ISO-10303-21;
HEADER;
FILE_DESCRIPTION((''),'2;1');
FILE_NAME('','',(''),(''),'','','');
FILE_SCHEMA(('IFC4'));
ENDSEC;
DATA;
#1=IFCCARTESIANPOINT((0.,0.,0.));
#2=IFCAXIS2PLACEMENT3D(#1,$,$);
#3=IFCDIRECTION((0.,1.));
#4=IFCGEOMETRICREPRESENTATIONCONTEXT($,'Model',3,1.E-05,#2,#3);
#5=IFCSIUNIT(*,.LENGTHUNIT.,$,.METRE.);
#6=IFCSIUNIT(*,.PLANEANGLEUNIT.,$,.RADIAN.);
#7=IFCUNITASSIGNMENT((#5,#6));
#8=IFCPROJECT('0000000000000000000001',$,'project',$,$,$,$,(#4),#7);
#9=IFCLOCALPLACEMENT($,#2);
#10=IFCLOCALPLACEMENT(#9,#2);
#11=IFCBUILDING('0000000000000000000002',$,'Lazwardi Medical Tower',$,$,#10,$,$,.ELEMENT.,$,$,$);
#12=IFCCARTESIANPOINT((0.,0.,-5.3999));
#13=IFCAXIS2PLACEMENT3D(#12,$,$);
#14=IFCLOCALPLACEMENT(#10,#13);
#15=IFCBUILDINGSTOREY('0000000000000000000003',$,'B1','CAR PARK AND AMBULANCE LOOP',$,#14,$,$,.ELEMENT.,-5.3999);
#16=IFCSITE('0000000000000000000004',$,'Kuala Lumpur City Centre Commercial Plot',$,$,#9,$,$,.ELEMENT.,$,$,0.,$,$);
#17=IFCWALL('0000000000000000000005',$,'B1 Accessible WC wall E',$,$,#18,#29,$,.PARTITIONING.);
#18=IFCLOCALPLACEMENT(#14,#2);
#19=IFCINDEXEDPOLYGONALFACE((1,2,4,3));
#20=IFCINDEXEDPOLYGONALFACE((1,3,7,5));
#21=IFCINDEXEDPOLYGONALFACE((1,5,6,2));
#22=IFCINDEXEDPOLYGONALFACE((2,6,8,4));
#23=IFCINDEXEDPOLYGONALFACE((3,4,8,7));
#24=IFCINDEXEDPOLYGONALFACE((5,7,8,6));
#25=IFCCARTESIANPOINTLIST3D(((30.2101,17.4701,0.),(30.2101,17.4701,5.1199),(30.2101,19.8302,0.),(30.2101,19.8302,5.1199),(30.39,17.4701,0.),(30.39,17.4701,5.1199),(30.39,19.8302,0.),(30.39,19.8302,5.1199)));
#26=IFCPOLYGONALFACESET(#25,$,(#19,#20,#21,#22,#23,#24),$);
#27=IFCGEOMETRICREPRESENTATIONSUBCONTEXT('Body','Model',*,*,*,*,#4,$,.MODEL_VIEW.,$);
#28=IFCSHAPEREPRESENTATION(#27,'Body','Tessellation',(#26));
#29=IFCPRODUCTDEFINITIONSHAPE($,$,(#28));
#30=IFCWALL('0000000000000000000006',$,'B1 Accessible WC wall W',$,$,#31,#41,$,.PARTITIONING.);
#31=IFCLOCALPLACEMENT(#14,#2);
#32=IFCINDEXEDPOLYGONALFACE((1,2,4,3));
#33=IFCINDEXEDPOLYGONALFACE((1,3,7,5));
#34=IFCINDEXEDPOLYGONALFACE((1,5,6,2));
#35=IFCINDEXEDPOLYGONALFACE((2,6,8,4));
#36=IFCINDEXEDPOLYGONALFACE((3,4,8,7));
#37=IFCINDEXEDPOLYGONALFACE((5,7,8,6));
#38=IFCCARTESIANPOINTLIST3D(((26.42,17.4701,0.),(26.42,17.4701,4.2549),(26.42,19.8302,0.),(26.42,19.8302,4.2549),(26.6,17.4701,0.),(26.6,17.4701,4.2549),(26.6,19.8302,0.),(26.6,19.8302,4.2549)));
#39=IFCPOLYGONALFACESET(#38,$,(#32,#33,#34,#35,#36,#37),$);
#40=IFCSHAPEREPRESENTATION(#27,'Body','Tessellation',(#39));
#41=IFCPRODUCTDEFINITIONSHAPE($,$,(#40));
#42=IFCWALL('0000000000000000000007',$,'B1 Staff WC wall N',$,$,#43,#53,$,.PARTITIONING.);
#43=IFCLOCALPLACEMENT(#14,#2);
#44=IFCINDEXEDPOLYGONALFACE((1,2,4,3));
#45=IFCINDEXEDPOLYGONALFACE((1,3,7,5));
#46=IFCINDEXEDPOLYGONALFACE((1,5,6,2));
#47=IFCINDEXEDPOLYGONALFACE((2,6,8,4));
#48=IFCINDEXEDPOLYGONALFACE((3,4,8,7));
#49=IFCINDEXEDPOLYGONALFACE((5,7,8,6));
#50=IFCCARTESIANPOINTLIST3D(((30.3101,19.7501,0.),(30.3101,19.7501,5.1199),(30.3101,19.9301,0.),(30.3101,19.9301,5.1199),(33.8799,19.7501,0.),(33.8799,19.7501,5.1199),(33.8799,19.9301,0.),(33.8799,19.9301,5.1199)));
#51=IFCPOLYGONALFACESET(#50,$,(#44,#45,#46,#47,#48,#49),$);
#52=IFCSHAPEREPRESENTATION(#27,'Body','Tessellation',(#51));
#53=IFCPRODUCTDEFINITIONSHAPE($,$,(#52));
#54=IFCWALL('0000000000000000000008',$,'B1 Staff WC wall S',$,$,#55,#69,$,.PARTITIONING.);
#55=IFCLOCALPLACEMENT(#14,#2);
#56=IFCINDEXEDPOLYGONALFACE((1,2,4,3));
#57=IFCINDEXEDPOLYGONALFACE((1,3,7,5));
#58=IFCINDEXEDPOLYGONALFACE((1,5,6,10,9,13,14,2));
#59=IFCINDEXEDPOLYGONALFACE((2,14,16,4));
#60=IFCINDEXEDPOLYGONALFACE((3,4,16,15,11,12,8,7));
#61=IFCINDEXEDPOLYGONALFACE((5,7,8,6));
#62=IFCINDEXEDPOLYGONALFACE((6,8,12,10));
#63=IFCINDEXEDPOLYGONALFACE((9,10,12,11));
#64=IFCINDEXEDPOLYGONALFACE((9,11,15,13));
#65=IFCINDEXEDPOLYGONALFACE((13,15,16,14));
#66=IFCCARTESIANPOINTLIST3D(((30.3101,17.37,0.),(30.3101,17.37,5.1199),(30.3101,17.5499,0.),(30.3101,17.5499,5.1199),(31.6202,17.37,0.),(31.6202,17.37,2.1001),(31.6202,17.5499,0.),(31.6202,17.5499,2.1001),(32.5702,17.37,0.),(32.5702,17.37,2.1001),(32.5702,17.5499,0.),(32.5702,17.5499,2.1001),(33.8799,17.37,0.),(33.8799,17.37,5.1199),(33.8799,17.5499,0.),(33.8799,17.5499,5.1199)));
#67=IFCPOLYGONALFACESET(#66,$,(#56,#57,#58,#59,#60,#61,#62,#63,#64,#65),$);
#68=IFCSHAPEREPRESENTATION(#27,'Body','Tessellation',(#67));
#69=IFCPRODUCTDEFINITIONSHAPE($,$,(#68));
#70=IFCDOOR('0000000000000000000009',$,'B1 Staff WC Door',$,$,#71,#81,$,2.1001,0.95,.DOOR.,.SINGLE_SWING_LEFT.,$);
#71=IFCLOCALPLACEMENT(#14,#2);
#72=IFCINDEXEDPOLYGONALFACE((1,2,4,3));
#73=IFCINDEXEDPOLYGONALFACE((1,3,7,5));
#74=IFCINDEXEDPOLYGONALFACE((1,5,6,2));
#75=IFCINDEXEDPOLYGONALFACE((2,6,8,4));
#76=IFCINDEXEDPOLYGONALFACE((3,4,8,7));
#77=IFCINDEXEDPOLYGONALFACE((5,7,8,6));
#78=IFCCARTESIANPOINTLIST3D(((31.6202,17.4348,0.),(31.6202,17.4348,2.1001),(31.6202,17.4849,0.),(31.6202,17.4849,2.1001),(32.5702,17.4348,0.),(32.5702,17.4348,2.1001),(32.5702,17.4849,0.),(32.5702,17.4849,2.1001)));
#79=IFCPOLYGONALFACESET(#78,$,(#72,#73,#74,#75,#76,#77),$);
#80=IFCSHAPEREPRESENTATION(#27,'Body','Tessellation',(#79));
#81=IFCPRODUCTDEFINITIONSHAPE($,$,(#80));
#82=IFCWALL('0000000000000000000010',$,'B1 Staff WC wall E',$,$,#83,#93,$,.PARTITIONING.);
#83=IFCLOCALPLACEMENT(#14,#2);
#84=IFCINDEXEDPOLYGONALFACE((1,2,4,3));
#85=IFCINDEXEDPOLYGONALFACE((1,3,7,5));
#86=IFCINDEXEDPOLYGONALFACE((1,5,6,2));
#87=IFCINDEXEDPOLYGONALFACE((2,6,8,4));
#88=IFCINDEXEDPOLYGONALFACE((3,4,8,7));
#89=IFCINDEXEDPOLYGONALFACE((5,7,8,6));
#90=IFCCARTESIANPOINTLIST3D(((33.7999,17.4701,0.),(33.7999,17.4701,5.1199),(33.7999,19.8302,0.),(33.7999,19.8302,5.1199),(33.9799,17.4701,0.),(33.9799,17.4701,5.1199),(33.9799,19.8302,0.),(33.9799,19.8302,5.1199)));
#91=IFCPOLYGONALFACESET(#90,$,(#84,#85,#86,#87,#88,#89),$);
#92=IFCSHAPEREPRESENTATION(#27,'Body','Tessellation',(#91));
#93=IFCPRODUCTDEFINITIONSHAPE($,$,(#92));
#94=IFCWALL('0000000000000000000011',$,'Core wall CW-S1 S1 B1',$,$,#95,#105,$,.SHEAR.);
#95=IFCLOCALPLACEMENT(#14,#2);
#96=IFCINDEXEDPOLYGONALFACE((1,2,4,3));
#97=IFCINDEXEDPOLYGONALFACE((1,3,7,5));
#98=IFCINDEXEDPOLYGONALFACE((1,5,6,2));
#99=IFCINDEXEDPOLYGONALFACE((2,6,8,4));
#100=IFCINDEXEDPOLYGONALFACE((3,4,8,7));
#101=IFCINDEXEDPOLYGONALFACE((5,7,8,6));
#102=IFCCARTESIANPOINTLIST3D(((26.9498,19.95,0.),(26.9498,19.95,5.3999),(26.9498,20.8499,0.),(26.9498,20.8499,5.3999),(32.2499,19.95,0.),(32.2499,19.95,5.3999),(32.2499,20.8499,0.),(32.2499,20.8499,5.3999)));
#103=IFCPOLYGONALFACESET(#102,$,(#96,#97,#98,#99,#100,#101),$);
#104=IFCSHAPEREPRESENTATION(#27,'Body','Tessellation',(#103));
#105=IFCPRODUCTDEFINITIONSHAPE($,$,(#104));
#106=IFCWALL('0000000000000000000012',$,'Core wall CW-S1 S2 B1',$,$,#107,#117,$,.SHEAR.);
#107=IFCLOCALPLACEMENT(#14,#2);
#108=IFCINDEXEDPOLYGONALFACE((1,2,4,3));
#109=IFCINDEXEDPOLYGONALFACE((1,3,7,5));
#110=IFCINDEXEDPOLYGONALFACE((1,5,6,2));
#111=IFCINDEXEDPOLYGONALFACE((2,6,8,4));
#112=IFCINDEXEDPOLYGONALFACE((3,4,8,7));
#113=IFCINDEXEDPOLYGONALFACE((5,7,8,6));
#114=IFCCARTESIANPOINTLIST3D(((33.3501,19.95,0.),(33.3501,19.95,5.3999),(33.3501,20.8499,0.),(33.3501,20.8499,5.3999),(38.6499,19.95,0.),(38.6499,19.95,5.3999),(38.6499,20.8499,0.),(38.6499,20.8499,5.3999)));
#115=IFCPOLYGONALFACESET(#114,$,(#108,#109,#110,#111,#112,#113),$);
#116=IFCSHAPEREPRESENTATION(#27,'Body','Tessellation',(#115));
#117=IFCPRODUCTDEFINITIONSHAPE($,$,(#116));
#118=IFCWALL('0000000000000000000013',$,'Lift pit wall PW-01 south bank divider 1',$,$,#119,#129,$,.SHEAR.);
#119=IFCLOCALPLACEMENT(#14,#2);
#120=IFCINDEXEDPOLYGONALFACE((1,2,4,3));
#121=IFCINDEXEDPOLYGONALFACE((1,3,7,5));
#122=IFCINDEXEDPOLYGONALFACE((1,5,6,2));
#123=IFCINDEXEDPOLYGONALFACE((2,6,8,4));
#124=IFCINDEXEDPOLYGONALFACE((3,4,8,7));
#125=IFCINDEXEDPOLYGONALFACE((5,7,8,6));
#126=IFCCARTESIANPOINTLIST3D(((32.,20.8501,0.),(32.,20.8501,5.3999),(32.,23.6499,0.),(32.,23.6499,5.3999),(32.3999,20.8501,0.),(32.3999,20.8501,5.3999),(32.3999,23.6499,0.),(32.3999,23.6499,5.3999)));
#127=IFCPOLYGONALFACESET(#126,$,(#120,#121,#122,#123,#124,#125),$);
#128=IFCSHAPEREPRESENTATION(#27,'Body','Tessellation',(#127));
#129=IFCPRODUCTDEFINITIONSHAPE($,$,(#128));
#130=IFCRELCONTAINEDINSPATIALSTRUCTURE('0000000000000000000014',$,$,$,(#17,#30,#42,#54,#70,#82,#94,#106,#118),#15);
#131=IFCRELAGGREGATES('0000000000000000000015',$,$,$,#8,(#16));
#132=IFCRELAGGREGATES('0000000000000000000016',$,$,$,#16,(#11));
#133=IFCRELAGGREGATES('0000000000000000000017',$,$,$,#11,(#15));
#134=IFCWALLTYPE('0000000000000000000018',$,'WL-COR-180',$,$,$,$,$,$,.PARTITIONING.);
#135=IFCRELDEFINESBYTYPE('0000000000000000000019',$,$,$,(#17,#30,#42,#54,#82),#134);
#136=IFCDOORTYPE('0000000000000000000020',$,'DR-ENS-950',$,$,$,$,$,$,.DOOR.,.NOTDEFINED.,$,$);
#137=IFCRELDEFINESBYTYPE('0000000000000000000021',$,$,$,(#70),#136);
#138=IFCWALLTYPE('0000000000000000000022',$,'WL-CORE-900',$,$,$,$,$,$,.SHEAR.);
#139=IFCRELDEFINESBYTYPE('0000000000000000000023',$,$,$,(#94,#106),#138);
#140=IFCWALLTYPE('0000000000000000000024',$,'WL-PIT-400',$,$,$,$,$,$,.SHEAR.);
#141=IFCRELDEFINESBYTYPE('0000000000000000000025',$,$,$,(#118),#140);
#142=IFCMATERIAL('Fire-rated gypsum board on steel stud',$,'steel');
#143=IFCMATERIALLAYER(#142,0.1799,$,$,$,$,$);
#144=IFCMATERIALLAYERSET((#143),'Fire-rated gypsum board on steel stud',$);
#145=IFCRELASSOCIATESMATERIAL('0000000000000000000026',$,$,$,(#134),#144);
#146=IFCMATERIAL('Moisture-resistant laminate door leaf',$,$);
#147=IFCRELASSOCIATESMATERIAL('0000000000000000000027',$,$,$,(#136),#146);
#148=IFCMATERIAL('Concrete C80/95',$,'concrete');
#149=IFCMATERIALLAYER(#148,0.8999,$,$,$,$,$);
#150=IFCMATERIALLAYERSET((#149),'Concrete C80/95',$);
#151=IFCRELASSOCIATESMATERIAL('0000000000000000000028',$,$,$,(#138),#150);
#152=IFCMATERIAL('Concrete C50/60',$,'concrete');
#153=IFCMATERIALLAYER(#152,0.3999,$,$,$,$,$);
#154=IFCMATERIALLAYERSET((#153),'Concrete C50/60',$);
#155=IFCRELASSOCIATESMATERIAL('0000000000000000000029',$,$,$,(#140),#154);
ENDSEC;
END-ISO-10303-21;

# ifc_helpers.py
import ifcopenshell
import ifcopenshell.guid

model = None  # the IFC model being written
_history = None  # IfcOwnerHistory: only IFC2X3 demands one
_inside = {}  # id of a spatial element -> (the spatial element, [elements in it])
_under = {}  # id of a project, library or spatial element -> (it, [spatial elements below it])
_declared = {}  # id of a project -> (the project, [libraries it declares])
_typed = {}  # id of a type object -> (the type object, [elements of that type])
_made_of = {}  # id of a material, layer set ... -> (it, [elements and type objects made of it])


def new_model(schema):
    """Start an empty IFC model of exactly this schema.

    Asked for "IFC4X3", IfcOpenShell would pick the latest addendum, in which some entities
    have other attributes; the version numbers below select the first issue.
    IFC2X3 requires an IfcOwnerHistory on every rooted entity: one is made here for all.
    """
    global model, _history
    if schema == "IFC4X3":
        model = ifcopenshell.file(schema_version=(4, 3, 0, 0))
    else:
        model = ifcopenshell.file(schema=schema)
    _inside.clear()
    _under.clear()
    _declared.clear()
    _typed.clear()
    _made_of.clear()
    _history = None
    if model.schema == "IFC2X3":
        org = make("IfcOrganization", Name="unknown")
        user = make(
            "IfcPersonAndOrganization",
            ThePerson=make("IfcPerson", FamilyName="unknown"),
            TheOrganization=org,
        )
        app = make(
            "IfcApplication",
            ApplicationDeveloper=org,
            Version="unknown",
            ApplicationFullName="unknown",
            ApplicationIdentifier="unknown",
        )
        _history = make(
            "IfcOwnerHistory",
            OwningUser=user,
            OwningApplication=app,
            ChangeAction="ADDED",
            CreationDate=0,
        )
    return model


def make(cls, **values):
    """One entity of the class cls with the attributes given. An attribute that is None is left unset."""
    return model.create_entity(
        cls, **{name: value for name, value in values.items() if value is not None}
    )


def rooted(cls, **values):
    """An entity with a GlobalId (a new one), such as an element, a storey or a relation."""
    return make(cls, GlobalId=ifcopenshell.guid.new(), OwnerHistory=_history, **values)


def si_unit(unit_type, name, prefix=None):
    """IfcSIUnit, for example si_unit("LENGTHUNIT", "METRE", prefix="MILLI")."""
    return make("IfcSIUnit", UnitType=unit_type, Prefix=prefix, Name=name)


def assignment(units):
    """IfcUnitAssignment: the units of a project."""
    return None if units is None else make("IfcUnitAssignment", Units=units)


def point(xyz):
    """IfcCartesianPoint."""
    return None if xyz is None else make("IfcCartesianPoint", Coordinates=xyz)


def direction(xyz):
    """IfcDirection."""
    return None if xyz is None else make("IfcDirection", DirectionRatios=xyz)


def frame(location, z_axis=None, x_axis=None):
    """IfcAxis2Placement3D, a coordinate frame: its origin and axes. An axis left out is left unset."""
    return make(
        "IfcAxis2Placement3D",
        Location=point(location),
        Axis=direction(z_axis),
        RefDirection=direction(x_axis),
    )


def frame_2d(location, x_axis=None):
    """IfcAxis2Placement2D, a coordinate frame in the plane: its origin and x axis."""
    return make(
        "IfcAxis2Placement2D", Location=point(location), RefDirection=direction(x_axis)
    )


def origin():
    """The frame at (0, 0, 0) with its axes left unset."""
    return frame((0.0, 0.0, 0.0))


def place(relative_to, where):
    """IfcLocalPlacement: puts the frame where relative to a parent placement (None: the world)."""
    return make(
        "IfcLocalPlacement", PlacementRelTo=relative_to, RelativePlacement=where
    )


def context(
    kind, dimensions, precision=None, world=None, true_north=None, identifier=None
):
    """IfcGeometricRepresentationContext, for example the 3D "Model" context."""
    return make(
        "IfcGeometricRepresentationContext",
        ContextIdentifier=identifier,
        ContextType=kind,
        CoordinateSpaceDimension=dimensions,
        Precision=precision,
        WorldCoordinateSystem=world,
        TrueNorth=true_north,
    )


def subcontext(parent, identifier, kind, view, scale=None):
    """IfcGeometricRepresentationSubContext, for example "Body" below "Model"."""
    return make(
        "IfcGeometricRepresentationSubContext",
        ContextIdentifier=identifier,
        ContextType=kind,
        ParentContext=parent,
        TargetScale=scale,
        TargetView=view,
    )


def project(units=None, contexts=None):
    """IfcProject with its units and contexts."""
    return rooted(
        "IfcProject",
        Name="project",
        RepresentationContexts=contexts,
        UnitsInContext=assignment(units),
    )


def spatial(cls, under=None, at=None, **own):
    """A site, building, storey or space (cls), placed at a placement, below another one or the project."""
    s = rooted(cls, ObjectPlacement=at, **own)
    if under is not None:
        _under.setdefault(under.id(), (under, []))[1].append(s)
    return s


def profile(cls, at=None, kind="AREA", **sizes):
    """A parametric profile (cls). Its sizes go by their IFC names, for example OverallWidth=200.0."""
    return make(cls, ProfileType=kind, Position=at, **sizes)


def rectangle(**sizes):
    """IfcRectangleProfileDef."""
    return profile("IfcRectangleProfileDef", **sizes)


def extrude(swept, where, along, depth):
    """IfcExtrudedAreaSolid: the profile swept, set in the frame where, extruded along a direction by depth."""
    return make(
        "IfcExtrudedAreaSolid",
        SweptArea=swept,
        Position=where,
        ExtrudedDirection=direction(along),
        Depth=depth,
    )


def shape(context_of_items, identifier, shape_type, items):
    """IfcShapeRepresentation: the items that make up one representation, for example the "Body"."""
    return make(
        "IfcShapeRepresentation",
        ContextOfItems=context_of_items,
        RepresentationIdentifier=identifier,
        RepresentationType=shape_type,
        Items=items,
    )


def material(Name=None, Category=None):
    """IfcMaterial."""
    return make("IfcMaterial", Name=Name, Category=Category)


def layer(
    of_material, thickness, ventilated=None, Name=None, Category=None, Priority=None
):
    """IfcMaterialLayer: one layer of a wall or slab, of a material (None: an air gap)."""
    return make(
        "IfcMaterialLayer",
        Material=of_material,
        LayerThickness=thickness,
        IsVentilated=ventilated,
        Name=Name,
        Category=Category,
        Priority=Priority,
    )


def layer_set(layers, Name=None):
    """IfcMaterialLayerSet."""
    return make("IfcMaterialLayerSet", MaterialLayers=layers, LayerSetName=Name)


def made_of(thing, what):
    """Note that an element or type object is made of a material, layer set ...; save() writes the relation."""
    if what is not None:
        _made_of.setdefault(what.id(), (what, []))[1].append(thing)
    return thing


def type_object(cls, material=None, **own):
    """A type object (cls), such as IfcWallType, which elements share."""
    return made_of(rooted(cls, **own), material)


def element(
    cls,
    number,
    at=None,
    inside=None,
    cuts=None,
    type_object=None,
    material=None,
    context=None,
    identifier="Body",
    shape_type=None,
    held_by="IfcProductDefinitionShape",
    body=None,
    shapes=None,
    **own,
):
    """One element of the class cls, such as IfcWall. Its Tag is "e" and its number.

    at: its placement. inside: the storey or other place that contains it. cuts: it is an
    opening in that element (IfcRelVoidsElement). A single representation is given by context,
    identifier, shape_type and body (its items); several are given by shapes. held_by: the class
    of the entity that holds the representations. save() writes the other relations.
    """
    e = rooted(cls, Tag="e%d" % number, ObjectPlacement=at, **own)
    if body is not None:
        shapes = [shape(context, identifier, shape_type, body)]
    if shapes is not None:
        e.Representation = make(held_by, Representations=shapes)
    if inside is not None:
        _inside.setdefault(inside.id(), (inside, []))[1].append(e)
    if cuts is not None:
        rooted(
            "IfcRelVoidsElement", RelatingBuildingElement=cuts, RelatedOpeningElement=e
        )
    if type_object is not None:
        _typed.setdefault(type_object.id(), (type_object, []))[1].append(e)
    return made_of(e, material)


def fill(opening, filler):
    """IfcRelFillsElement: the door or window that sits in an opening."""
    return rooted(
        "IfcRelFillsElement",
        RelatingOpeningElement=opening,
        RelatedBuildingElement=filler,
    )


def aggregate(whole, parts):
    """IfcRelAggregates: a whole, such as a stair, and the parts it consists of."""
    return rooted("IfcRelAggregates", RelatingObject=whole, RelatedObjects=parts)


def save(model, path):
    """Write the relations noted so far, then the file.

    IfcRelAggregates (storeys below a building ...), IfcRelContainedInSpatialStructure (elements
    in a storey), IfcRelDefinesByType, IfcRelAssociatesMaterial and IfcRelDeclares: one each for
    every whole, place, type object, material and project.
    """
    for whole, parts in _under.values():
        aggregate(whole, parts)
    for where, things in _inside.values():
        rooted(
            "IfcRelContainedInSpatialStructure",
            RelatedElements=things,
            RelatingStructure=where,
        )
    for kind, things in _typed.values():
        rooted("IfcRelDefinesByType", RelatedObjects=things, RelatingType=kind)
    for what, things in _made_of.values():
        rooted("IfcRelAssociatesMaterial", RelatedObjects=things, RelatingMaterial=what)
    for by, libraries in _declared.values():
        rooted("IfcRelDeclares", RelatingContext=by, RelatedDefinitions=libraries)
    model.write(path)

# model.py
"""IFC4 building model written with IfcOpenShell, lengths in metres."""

from ifc_helpers import new_model, si_unit, direction, frame, frame_2d, origin, place, context, subcontext, project, spatial, rectangle, extrude, material, layer, layer_set, type_object, element, fill, save


model = new_model("IFC4")

# Units and contexts
model_context = context("Model", 3, precision=1e-05, world=origin(), true_north=direction((0.0, 1.0)))
body_context = subcontext(model_context, "Body", "Model", "MODEL_VIEW")
ifc_project = project(units=[si_unit("LENGTHUNIT", "METRE"), si_unit("PLANEANGLEUNIT", "RADIAN")], contexts=[model_context])

# Site, building, storey
site_placement = place(None, origin())
site = spatial("IfcSite", under=ifc_project, at=site_placement, Name="Kuala Lumpur City Centre Commercial Plot", CompositionType="ELEMENT", RefElevation=0.0)
building_placement = place(site_placement, origin())
building = spatial("IfcBuilding", under=site, at=building_placement, Name="Lazwardi Medical Tower", CompositionType="ELEMENT")
storey_placement = place(building_placement, frame((0.0, 0.0, -5.3999)))
storey = spatial("IfcBuildingStorey", under=building, at=storey_placement, Name="B1", Description="CAR PARK AND AMBULANCE LOOP", CompositionType="ELEMENT", Elevation=-5.3999)

# Shared definitions
ifc_material_1 = material(Name="Concrete C50/60", Category="concrete")

# Shared definitions
ifc_material_2 = material(Name="Concrete C80/95", Category="concrete")

# Shared definitions
ifc_material_3 = material(Name="Fire-rated gypsum board on steel stud", Category="steel")
ifc_layer_1 = layer(ifc_material_3, 0.1799)
ifc_layer_set_1 = layer_set([ifc_layer_1], Name="Fire-rated gypsum board on steel stud")
wall_type_1 = type_object("IfcWallType", Name="WL-COR-180", PredefinedType="PARTITIONING", material=ifc_layer_set_1)

# Shared definitions
ifc_material_4 = material(Name="Moisture-resistant laminate door leaf")

# Walls
wall_1_placement = place(storey_placement, frame((30.3, 17.47, 0.0), z_axis=(0.0, 0.0, 1.0), x_axis=(0.0, 1.0, 0.0)))
element("IfcWall", 1, at=wall_1_placement, inside=storey, type_object=wall_type_1, Name="B1 Accessible WC wall E", PredefinedType="PARTITIONING", context=body_context, shape_type="SweptSolid", body=[
    extrude(rectangle(XDim=2.3601, YDim=0.1799, at=frame_2d((1.1802, 0.0))), origin(), (0.0, 0.0, 1.0), 5.1199),
])
wall_2_placement = place(storey_placement, frame((26.51, 17.47, 0.0), z_axis=(0.0, 0.0, 1.0), x_axis=(0.0, 1.0, 0.0)))
element("IfcWall", 2, at=wall_2_placement, inside=storey, type_object=wall_type_1, Name="B1 Accessible WC wall W", PredefinedType="PARTITIONING", context=body_context, shape_type="SweptSolid", body=[
    extrude(rectangle(XDim=2.3601, YDim=0.1799, at=frame_2d((1.1802, 0.0))), origin(), (0.0, 0.0, 1.0), 4.2549),
])
wall_3_placement = place(storey_placement, frame((30.3101, 19.8401, 0.0), z_axis=(0.0, 0.0, 1.0), x_axis=(1.0, 0.0, 0.0)))
element("IfcWall", 3, at=wall_3_placement, inside=storey, type_object=wall_type_1, Name="B1 Staff WC wall N", PredefinedType="PARTITIONING", context=body_context, shape_type="SweptSolid", body=[
    extrude(rectangle(XDim=3.5698, YDim=0.1799, at=frame_2d((1.7849, 0.0))), origin(), (0.0, 0.0, 1.0), 5.1199),
])

# Wall, opening, door
wall_4_placement = place(storey_placement, frame((30.3101, 17.46, 0.0), z_axis=(0.0, 0.0, 1.0), x_axis=(1.0, 0.0, 0.0)))
wall_4 = element("IfcWall", 4, at=wall_4_placement, inside=storey, type_object=wall_type_1, Name="B1 Staff WC wall S", PredefinedType="PARTITIONING", context=body_context, shape_type="SweptSolid", body=[
    extrude(rectangle(XDim=3.5698, YDim=0.1799, at=frame_2d((1.7849, 0.0))), origin(), (0.0, 0.0, 1.0), 5.1199),
])
opening_1_placement = place(wall_4_placement, frame((1.3101, 0.0, 0.0)))
opening_1 = element("IfcOpeningElement", 5, at=opening_1_placement, cuts=wall_4, PredefinedType="OPENING", context=body_context, shape_type="SweptSolid", body=[
    extrude(rectangle(XDim=0.95, YDim=2.1001, at=frame_2d((0.4751, 1.05))), frame((0.0, 0.0999, 0.0), z_axis=(0.0, -1.0, 0.0), x_axis=(1.0, 0.0, 0.0)), (0.0, 0.0, 1.0), 0.2),
])
door_type_1 = type_object("IfcDoorType", Name="DR-ENS-950", OperationType="NOTDEFINED", PredefinedType="DOOR", material=ifc_material_4)
door_1_placement = place(opening_1_placement, origin())
door_1 = element("IfcDoor", 6, at=door_1_placement, inside=storey, type_object=door_type_1, Name="B1 Staff WC Door", OperationType="SINGLE_SWING_LEFT", OverallHeight=2.1001, OverallWidth=0.95, PredefinedType="DOOR", context=body_context, shape_type="SweptSolid", body=[
    extrude(rectangle(XDim=0.95, YDim=2.1001, at=frame_2d((0.4751, 1.05))), frame((0.0, 0.0249, 0.0), z_axis=(0.0, -1.0, 0.0), x_axis=(1.0, 0.0, 0.0)), (0.0, 0.0, 1.0), 0.05),
])
fill(opening_1, door_1)

# Wall
wall_5_placement = place(storey_placement, frame((33.8899, 17.47, 0.0), z_axis=(0.0, 0.0, 1.0), x_axis=(0.0, 1.0, 0.0)))
element("IfcWall", 7, at=wall_5_placement, inside=storey, type_object=wall_type_1, Name="B1 Staff WC wall E", PredefinedType="PARTITIONING", context=body_context, shape_type="SweptSolid", body=[
    extrude(rectangle(XDim=2.3601, YDim=0.1799, at=frame_2d((1.1802, 0.0))), origin(), (0.0, 0.0, 1.0), 5.1199),
])

# Shared definitions
ifc_layer_2 = layer(ifc_material_2, 0.8999)
ifc_layer_set_2 = layer_set([ifc_layer_2], Name="Concrete C80/95")
wall_type_2 = type_object("IfcWallType", Name="WL-CORE-900", PredefinedType="SHEAR", material=ifc_layer_set_2)

# Walls
wall_6_placement = place(storey_placement, frame((26.95, 20.3999, 0.0), z_axis=(0.0, 0.0, 1.0), x_axis=(1.0, 0.0, 0.0)))
element("IfcWall", 8, at=wall_6_placement, inside=storey, type_object=wall_type_2, Name="Core wall CW-S1 S1 B1", PredefinedType="SHEAR", context=body_context, shape_type="SweptSolid", body=[
    extrude(rectangle(XDim=5.3, YDim=0.8999, at=frame_2d((2.6499, 0.0))), origin(), (0.0, 0.0, 1.0), 5.3999),
])
wall_7_placement = place(storey_placement, frame((33.3501, 20.3999, 0.0), z_axis=(0.0, 0.0, 1.0), x_axis=(1.0, 0.0, 0.0)))
element("IfcWall", 9, at=wall_7_placement, inside=storey, type_object=wall_type_2, Name="Core wall CW-S1 S2 B1", PredefinedType="SHEAR", context=body_context, shape_type="SweptSolid", body=[
    extrude(rectangle(XDim=5.2998, YDim=0.8999, at=frame_2d((2.6499, 0.0))), origin(), (0.0, 0.0, 1.0), 5.3999),
])
ifc_layer_3 = layer(ifc_material_1, 0.3999)
ifc_layer_set_3 = layer_set([ifc_layer_3], Name="Concrete C50/60")
wall_type_3 = type_object("IfcWallType", Name="WL-PIT-400", PredefinedType="SHEAR", material=ifc_layer_set_3)
wall_8_placement = place(storey_placement, frame((32.2, 20.8501, 0.0), z_axis=(0.0, 0.0, 1.0), x_axis=(0.0, 1.0, 0.0)))
element("IfcWall", 10, at=wall_8_placement, inside=storey, type_object=wall_type_3, Name="Lift pit wall PW-01 south bank divider 1", PredefinedType="SHEAR", context=body_context, shape_type="SweptSolid", body=[
    extrude(rectangle(XDim=2.7998, YDim=0.3999, at=frame_2d((1.3999, 0.0))), origin(), (0.0, 0.0, 1.0), 5.3999),
])

save(model, "model.ifc")
